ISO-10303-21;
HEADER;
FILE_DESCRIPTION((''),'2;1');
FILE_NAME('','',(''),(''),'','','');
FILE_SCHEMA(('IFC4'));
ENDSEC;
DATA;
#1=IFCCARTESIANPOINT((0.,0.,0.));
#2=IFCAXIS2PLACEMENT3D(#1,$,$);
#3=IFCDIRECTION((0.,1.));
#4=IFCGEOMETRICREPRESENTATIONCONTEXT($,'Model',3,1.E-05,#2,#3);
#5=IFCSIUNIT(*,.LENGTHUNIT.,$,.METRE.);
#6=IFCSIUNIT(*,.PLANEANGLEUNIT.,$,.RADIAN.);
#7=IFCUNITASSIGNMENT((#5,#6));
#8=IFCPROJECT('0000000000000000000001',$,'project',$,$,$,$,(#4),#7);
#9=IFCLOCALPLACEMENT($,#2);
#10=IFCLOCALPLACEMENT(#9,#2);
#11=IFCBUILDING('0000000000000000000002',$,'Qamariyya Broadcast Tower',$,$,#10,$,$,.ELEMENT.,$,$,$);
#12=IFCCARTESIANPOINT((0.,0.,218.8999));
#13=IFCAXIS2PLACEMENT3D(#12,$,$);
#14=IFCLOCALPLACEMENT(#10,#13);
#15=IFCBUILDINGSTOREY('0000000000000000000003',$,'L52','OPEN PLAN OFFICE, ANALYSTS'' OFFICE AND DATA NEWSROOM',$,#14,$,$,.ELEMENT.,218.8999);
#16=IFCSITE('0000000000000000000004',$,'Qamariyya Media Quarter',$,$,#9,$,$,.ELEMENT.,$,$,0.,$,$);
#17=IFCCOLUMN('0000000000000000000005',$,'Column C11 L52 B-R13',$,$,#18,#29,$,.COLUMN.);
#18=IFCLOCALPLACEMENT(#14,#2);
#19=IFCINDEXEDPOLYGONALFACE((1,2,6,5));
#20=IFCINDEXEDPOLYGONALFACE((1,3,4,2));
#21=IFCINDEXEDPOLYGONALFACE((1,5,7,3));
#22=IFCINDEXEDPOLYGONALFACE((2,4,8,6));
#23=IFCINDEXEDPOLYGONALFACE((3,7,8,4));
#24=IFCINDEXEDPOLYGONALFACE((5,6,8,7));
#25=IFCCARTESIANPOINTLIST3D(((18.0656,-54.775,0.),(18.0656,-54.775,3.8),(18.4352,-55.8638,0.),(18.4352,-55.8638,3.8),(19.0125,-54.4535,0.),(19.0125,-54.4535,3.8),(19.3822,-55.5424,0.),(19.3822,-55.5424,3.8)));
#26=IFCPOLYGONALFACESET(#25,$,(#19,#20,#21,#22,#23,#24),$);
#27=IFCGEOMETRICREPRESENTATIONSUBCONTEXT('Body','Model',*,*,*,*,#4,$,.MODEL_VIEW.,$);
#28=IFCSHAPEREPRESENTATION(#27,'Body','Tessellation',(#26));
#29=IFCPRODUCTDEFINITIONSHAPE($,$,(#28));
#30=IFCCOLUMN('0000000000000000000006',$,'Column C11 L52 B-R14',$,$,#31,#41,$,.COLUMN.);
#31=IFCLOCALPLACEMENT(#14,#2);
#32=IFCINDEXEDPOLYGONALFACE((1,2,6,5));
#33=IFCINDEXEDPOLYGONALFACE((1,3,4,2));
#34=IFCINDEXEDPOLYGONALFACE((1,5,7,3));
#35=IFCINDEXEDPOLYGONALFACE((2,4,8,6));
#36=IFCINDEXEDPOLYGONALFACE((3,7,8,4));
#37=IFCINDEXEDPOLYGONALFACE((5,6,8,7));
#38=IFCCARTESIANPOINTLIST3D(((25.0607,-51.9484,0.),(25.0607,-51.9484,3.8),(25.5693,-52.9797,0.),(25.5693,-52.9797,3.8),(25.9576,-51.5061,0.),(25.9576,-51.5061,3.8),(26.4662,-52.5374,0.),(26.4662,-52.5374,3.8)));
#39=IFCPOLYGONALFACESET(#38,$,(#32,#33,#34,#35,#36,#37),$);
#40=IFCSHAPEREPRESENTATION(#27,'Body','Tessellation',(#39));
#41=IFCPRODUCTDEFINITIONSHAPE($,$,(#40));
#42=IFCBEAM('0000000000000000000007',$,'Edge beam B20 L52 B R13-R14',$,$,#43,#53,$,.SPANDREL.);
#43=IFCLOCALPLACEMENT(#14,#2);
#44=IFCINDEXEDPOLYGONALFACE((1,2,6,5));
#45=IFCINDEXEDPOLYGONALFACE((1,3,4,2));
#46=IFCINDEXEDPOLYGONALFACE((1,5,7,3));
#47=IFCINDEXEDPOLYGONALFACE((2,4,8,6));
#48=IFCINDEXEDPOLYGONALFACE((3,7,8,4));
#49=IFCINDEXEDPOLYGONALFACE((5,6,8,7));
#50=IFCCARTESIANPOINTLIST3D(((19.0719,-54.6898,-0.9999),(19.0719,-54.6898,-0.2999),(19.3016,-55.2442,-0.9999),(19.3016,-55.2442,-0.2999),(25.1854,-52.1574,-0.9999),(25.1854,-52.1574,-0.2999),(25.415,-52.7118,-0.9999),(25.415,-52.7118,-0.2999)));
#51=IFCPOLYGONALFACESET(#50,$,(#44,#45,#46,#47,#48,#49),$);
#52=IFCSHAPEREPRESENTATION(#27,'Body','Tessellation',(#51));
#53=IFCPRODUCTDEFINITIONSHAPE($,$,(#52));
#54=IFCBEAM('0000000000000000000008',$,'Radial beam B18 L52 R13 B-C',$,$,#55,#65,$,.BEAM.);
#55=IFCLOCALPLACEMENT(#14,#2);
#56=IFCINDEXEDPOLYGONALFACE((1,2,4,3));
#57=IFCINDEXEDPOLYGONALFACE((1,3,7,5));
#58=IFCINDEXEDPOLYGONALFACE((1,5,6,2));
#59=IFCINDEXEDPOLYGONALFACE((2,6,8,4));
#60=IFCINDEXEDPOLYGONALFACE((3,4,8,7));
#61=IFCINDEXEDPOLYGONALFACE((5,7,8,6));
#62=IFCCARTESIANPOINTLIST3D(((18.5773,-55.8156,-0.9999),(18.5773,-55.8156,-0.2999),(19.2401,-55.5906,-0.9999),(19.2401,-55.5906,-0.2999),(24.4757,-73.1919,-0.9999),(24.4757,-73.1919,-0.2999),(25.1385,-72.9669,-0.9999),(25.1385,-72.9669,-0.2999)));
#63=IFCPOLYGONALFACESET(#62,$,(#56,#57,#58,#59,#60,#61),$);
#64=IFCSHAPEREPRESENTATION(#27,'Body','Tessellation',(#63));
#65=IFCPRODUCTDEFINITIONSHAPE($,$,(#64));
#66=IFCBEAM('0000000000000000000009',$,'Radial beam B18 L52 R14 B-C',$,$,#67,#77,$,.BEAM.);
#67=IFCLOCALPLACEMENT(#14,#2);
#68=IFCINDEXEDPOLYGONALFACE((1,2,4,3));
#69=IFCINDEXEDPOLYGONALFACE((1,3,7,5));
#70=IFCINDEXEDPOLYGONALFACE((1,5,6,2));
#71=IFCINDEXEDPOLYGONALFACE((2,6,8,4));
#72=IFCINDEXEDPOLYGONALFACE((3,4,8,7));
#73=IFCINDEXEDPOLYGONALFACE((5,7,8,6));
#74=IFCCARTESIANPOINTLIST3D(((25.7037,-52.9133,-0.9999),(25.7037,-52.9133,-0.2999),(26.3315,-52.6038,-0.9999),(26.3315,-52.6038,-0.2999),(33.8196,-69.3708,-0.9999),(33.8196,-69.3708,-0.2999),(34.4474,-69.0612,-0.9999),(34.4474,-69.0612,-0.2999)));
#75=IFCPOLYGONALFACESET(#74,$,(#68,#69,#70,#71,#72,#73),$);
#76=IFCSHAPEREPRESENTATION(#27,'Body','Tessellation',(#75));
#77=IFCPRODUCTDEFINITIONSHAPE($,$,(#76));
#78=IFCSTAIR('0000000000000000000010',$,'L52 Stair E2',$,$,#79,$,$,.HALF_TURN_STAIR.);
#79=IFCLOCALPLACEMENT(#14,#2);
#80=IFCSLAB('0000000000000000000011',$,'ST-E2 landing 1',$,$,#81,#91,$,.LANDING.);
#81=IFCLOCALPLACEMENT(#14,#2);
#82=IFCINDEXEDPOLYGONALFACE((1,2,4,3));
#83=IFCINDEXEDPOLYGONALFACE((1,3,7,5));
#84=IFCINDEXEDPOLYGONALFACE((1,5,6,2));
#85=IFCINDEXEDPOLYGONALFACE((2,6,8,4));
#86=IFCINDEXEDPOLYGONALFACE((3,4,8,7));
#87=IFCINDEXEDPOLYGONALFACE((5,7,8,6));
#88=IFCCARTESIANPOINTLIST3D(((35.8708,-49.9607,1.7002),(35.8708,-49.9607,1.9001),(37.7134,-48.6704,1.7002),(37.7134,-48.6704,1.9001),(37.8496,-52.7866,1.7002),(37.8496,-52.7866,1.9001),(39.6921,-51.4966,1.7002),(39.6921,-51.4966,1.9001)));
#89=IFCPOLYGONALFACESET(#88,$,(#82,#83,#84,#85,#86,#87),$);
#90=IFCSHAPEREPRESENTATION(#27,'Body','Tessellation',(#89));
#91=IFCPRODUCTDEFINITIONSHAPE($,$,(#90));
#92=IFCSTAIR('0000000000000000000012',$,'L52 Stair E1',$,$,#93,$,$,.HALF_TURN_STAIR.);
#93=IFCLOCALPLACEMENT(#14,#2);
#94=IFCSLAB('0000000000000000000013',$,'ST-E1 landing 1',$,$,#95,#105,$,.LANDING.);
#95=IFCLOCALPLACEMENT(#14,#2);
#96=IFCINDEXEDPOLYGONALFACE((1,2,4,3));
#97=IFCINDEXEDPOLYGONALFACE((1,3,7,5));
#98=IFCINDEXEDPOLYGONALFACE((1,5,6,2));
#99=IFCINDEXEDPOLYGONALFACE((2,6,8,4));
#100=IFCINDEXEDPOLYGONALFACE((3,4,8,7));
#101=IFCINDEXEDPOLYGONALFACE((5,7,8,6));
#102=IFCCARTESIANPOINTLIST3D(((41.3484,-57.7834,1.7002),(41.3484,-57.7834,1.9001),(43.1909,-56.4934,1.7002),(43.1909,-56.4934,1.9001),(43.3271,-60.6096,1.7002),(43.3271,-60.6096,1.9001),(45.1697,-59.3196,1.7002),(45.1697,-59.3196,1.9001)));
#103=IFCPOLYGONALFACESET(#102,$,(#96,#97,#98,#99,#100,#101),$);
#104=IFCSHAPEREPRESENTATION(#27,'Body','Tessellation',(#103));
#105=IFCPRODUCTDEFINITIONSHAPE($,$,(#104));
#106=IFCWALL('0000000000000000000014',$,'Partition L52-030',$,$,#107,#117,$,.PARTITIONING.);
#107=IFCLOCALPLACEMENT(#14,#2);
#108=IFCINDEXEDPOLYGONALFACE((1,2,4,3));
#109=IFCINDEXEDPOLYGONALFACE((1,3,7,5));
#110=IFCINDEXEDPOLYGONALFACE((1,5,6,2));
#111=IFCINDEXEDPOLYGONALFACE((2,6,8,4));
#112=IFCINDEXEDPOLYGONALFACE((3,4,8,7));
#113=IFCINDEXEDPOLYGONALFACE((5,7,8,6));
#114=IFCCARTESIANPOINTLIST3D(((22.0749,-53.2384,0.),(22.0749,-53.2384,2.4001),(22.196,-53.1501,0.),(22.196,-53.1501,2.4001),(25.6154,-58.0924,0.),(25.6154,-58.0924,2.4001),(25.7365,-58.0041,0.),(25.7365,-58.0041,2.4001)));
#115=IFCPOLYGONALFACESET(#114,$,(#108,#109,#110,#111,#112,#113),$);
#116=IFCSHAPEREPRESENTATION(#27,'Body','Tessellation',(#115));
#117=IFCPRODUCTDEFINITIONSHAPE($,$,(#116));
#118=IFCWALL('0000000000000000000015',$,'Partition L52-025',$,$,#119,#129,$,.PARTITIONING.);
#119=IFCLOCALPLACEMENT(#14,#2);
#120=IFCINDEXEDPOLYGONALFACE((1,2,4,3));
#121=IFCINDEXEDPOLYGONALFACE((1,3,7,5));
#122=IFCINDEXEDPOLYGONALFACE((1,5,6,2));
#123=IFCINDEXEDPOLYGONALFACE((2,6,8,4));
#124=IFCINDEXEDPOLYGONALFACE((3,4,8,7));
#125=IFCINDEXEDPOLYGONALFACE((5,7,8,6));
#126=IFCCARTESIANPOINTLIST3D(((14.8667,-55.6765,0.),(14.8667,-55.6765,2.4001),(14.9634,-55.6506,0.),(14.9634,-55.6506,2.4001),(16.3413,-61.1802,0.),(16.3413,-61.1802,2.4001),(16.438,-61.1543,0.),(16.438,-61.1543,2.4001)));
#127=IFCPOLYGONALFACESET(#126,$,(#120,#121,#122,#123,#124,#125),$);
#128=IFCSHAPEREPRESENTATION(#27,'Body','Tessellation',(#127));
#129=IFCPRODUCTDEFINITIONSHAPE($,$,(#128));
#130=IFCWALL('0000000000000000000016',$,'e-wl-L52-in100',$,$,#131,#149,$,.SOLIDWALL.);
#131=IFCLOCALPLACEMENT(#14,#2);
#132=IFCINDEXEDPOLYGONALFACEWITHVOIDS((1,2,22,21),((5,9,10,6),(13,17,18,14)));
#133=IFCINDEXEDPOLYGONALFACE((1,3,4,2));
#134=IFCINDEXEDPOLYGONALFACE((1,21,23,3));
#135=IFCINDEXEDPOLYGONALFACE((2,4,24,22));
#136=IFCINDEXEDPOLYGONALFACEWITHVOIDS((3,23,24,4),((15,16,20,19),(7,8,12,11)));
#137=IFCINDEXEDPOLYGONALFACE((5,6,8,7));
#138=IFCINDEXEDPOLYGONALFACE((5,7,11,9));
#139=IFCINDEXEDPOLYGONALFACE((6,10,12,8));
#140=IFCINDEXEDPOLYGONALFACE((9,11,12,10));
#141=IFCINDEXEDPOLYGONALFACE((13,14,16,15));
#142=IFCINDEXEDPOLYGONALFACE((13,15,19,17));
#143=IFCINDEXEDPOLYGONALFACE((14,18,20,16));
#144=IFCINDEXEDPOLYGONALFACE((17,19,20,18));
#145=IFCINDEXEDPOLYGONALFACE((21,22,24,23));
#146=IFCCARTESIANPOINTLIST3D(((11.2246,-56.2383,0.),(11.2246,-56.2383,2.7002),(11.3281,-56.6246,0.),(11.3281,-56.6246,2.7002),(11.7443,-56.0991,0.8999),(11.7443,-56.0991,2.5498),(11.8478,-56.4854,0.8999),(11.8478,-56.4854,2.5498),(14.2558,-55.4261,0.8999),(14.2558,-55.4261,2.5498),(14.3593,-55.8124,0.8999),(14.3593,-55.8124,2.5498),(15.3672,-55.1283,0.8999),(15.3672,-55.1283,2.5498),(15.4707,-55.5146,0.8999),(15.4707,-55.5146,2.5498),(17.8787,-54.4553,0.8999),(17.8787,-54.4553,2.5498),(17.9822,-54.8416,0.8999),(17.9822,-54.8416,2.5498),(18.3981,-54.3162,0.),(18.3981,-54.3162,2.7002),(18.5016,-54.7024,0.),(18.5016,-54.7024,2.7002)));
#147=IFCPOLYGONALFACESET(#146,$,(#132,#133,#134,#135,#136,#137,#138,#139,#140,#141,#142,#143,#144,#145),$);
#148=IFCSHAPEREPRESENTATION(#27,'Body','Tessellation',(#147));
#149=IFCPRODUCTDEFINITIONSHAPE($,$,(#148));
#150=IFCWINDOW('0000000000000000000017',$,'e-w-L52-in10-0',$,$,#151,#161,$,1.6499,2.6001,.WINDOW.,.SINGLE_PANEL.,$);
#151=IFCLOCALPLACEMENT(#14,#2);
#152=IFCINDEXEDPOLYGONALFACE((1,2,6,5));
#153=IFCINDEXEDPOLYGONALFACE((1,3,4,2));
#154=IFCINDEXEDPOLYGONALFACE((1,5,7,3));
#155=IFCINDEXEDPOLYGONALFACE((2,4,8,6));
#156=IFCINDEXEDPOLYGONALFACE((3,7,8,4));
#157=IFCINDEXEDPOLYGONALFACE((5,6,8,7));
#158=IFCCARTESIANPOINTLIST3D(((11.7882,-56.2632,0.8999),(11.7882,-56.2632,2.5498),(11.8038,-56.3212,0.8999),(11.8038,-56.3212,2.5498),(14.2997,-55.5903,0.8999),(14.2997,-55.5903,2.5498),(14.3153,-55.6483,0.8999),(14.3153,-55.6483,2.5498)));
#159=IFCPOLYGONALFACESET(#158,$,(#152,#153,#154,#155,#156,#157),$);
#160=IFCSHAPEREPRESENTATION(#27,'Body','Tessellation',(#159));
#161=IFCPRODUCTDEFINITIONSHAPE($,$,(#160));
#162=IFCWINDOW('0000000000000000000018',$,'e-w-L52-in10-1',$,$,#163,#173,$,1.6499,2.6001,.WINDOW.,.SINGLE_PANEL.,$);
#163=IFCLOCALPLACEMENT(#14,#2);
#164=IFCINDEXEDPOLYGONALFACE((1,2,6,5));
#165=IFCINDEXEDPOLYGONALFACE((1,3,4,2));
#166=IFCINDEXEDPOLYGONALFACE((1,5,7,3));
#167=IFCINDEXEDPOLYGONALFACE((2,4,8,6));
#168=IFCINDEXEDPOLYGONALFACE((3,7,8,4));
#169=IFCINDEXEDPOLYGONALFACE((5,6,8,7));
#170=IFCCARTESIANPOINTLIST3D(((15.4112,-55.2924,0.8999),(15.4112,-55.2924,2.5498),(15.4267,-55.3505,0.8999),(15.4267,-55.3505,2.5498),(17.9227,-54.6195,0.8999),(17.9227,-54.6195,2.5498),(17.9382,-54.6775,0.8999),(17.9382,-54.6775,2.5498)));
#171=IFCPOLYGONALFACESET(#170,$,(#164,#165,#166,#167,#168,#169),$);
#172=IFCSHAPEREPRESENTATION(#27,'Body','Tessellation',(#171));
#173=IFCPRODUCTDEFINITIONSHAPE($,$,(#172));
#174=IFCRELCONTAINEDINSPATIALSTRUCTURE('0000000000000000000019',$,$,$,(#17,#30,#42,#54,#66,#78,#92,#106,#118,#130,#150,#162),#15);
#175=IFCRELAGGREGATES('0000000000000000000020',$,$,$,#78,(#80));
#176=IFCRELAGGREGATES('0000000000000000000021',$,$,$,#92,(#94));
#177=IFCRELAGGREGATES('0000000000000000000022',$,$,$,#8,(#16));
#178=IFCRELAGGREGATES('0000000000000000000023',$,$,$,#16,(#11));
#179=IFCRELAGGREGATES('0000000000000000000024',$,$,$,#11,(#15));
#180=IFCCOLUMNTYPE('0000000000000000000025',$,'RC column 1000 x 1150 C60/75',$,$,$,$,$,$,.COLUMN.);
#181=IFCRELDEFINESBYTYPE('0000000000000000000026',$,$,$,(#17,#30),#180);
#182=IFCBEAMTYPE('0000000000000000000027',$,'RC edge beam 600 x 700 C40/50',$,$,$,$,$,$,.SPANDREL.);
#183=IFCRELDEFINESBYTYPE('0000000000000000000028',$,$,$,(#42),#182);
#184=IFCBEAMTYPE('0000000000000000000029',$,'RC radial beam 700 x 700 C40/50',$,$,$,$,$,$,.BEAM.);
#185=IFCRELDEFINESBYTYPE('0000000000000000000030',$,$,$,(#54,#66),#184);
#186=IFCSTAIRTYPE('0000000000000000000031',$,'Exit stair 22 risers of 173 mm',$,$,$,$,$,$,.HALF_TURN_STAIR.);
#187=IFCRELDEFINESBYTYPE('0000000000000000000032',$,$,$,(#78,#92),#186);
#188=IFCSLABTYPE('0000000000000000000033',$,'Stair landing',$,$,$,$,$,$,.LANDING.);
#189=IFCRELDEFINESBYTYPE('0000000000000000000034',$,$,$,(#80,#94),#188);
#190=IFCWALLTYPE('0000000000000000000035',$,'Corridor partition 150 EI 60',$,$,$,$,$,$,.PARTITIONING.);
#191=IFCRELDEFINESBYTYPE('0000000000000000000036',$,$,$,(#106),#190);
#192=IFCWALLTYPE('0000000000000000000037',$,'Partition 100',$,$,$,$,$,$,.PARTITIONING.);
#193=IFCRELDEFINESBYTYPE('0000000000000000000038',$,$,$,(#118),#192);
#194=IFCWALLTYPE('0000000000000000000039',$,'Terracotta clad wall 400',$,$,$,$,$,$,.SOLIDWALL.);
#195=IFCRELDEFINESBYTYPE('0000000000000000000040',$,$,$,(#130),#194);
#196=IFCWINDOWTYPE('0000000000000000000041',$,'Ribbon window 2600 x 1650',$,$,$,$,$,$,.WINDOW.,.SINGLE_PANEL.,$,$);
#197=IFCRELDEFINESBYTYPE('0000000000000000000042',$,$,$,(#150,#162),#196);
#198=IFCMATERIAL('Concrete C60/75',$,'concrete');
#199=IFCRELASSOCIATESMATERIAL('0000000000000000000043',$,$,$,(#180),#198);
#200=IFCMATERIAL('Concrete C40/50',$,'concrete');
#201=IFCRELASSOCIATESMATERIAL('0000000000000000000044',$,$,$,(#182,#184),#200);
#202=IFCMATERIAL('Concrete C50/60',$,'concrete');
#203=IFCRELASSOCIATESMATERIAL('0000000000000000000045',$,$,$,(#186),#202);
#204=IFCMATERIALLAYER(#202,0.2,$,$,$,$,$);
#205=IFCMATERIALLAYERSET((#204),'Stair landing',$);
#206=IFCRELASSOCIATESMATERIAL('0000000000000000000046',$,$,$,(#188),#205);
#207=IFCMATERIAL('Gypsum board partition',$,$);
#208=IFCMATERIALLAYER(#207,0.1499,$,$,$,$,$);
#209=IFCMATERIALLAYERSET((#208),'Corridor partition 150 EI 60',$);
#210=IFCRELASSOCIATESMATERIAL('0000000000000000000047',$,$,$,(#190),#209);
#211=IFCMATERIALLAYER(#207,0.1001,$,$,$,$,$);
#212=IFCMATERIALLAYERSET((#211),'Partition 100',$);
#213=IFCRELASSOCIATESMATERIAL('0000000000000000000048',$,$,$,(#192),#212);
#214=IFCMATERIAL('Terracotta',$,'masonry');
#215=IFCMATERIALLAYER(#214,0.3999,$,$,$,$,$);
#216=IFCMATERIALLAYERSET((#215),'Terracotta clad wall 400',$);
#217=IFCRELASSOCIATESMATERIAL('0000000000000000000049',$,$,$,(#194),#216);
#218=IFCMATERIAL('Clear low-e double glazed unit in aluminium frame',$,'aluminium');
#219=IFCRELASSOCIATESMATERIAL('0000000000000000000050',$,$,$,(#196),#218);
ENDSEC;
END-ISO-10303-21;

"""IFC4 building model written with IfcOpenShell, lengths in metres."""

from ifc_helpers import new_model, si_unit, direction, frame, frame_2d, origin, origin_2d, place, context, subcontext, project, spatial, polyline, rectangle, outline, extrude, material, layer, layer_set, material_profile, profile_set, type_object, element, fill, aggregate, save


model = new_model("IFC4")

# Units and contexts
model_context = context("Model", 3, precision=1e-05, world=origin(), true_north=direction((0.0, 1.0)))
body_context = subcontext(model_context, "Body", "Model", "MODEL_VIEW")
ifc_project = project(units=[si_unit("LENGTHUNIT", "METRE"), si_unit("PLANEANGLEUNIT", "RADIAN")], contexts=[model_context])

# Site, building, storey
site_placement = place(None, origin())
site = spatial("IfcSite", under=ifc_project, at=site_placement, Name="Qamariyya Media Quarter", CompositionType="ELEMENT", RefElevation=0.0)
building_placement = place(site_placement, origin())
building = spatial("IfcBuilding", under=site, at=building_placement, Name="Qamariyya Broadcast Tower", CompositionType="ELEMENT")
storey_placement = place(building_placement, frame((0.0, 0.0, 218.8999)))
storey = spatial("IfcBuildingStorey", under=building, at=storey_placement, Name="L52", Description="OPEN PLAN OFFICE, ANALYSTS' OFFICE AND DATA NEWSROOM", CompositionType="ELEMENT", Elevation=218.8999)

# Columns
ifc_material_1 = material(Name="Concrete C60/75", Category="concrete")
ifc_material_profile_1 = material_profile(ifc_material_1, rectangle(XDim=1.0, YDim=1.1499, at=origin_2d()))
ifc_profile_set_1 = profile_set([ifc_material_profile_1], Name="Concrete C60/75")
column_type = type_object("IfcColumnType", Name="RC column 1000 x 1150 C60/75", PredefinedType="COLUMN", material=ifc_profile_set_1)
for number, where, z_axis, x_axis, name in (
    (1, (18.7239, -55.1587, 0.0), (0.0, 0.0, 1.0), (0.94693, 0.321439, 0.0), "Column C11 L52 B-R13"),
    (2, (25.7634, -52.2429, 0.0), (0.0, 0.0, 1.0), (0.896873, 0.442289, 0.0), "Column C11 L52 B-R14"),
):
    element("IfcColumn", number, at=place(storey_placement, frame(where, z_axis=z_axis, x_axis=x_axis)), inside=storey, type_object=column_type, Name=name, PredefinedType="COLUMN", context=body_context, shape_type="SweptSolid", body=[
        extrude(rectangle(XDim=1.0, YDim=1.1499, at=origin_2d()), origin(), (0.0, 0.0, 1.0), 3.8),
    ])

# Beams
ifc_material_2 = material(Name="Concrete C40/50", Category="concrete")
ifc_material_profile_2 = material_profile(ifc_material_2, rectangle(XDim=0.6001, YDim=0.7, at=origin_2d()))
ifc_profile_set_2 = profile_set([ifc_material_profile_2], Name="Concrete C40/50")
beam_type_1 = type_object("IfcBeamType", Name="RC edge beam 600 x 700 C40/50", PredefinedType="SPANDREL", material=ifc_profile_set_2)
beam_1_placement = place(storey_placement, frame((19.1868, -54.967, -0.6499), z_axis=(0.923871, 0.382705, 0.0), x_axis=(-0.382705, 0.923871, 0.0)))
element("IfcBeam", 3, at=beam_1_placement, inside=storey, type_object=beam_type_1, Name="Edge beam B20 L52 B R13-R14", PredefinedType="SPANDREL", context=body_context, shape_type="SweptSolid", body=[
    extrude(rectangle(XDim=0.6001, YDim=0.7, at=origin_2d()), origin(), (0.0, 0.0, 1.0), 6.6172),
])
ifc_material_profile_3 = material_profile(ifc_material_2, rectangle(XDim=0.7, YDim=0.7, at=origin_2d()))
ifc_profile_set_3 = profile_set([ifc_material_profile_3], Name="Concrete C40/50")
beam_type_2 = type_object("IfcBeamType", Name="RC radial beam 700 x 700 C40/50", PredefinedType="BEAM", material=ifc_profile_set_3)
beam_2_placement = place(storey_placement, frame((18.9087, -55.7031, -0.6499), z_axis=(0.32144, -0.94693, 0.0), x_axis=(0.94693, 0.32144, 0.0)))
element("IfcBeam", 4, at=beam_2_placement, inside=storey, type_object=beam_type_2, Name="Radial beam B18 L52 R13 B-C", PredefinedType="BEAM", context=body_context, shape_type="SweptSolid", body=[
    extrude(rectangle(XDim=0.7, YDim=0.7, at=origin_2d()), origin(), (0.0, 0.0, 1.0), 18.3501),
])
beam_3_placement = place(storey_placement, frame((26.0176, -52.7585, -0.6499), z_axis=(0.442289, -0.896872, 0.0), x_axis=(0.896872, 0.442289, 0.0)))
element("IfcBeam", 5, at=beam_3_placement, inside=storey, type_object=beam_type_2, Name="Radial beam B18 L52 R14 B-C", PredefinedType="BEAM", context=body_context, shape_type="SweptSolid", body=[
    extrude(rectangle(XDim=0.7, YDim=0.7, at=origin_2d()), origin(), (0.0, 0.0, 1.0), 18.3499),
])

# Stairs, slabs
ifc_material_3 = material(Name="Concrete C50/60", Category="concrete")
stair_type = type_object("IfcStairType", Name="Exit stair 22 risers of 173 mm", PredefinedType="HALF_TURN_STAIR", material=ifc_material_3)
stair_1_placement = place(storey_placement, origin())
stair_1 = element("IfcStair", 6, at=stair_1_placement, inside=storey, type_object=stair_type, Name="L52 Stair E2", PredefinedType="HALF_TURN_STAIR")
ifc_layer_1 = layer(ifc_material_3, 0.2)
ifc_layer_set_1 = layer_set([ifc_layer_1], Name="Stair landing")
slab_type = type_object("IfcSlabType", Name="Stair landing", PredefinedType="LANDING", material=ifc_layer_set_1)
slab_1_placement = place(storey_placement, frame((0.0, 0.0, 1.7002)))
slab_1 = element("IfcSlab", 7, at=slab_1_placement, type_object=slab_type, Name="ST-E2 landing 1", PredefinedType="LANDING", context=body_context, shape_type="SweptSolid", body=[
    extrude(outline(polyline([(37.7134, -48.6704), (35.8708, -49.9607), (37.8496, -52.7866), (39.6921, -51.4966), (37.7134, -48.6704)])), origin(), (0.0, 0.0, 1.0), 0.2),
])
aggregate(stair_1, [slab_1])
stair_2_placement = place(storey_placement, origin())
stair_2 = element("IfcStair", 8, at=stair_2_placement, inside=storey, type_object=stair_type, Name="L52 Stair E1", PredefinedType="HALF_TURN_STAIR")
slab_2_placement = place(storey_placement, frame((0.0, 0.0, 1.7002)))
slab_2 = element("IfcSlab", 9, at=slab_2_placement, type_object=slab_type, Name="ST-E1 landing 1", PredefinedType="LANDING", context=body_context, shape_type="SweptSolid", body=[
    extrude(outline(polyline([(43.1909, -56.4934), (41.3484, -57.7834), (43.3271, -60.6096), (45.1697, -59.3196), (43.1909, -56.4934)])), origin(), (0.0, 0.0, 1.0), 0.2),
])
aggregate(stair_2, [slab_2])

# Walls
ifc_material_4 = material(Name="Gypsum board partition")
ifc_layer_2 = layer(ifc_material_4, 0.1499)
ifc_layer_set_2 = layer_set([ifc_layer_2], Name="Corridor partition 150 EI 60")
wall_type_1 = type_object("IfcWallType", Name="Corridor partition 150 EI 60", PredefinedType="PARTITIONING", material=ifc_layer_set_2)
wall_1_placement = place(storey_placement, frame((22.1355, -53.1943, 0.0), z_axis=(0.0, 0.0, 1.0), x_axis=(0.589297, -0.807916, 0.0)))
element("IfcWall", 10, at=wall_1_placement, inside=storey, type_object=wall_type_1, Name="Partition L52-030", PredefinedType="PARTITIONING", context=body_context, shape_type="SweptSolid", body=[
    extrude(rectangle(XDim=6.0081, YDim=0.1499, at=frame_2d((3.0039, 0.0))), origin(), (0.0, 0.0, 1.0), 2.4001),
])
ifc_layer_3 = layer(ifc_material_4, 0.1001)
ifc_layer_set_3 = layer_set([ifc_layer_3], Name="Partition 100")
wall_type_2 = type_object("IfcWallType", Name="Partition 100", PredefinedType="PARTITIONING", material=ifc_layer_set_3)
wall_2_placement = place(storey_placement, frame((14.915, -55.6636, 0.0), z_axis=(0.0, 0.0, 1.0), x_axis=(0.258804, -0.96593, 0.0)))
element("IfcWall", 11, at=wall_2_placement, inside=storey, type_object=wall_type_2, Name="Partition L52-025", PredefinedType="PARTITIONING", context=body_context, shape_type="SweptSolid", body=[
    extrude(rectangle(XDim=5.6978, YDim=0.1001, at=frame_2d((2.8489, 0.0))), origin(), (0.0, 0.0, 1.0), 2.4001),
])

# Wall, openings, windows
ifc_material_5 = material(Name="Terracotta", Category="masonry")
ifc_layer_4 = layer(ifc_material_5, 0.3999)
ifc_layer_set_4 = layer_set([ifc_layer_4], Name="Terracotta clad wall 400")
wall_type_3 = type_object("IfcWallType", Name="Terracotta clad wall 400", PredefinedType="SOLIDWALL", material=ifc_layer_set_4)
wall_3_placement = place(storey_placement, frame((18.45, -54.5093, 0.0), z_axis=(0.0, 0.0, 1.0), x_axis=(-0.965925, -0.258823, 0.0)))
wall_3 = element("IfcWall", 12, at=wall_3_placement, inside=storey, type_object=wall_type_3, Name="e-wl-L52-in100", PredefinedType="SOLIDWALL", context=body_context, shape_type="SweptSolid", body=[
    extrude(rectangle(XDim=7.4265, YDim=0.3999, at=frame_2d((3.7134, 0.0))), origin(), (0.0, 0.0, 1.0), 2.7002),
])
opening_1_placement = place(wall_3_placement, frame((4.2886, 0.0, 0.8999)))
opening_1 = element("IfcOpeningElement", 13, at=opening_1_placement, cuts=wall_3, PredefinedType="OPENING", context=body_context, shape_type="SweptSolid", body=[
    extrude(rectangle(XDim=2.6001, YDim=1.6499, at=frame_2d((1.3, 0.825))), frame((0.0, 0.21, 0.0), z_axis=(0.0, -1.0, 0.0), x_axis=(1.0, 0.0, 0.0)), (0.0, 0.0, 1.0), 0.4199),
])
opening_2_placement = place(wall_3_placement, frame((0.5378, 0.0, 0.8999)))
opening_2 = element("IfcOpeningElement", 14, at=opening_2_placement, cuts=wall_3, PredefinedType="OPENING", context=body_context, shape_type="SweptSolid", body=[
    extrude(rectangle(XDim=2.6001, YDim=1.6499, at=frame_2d((1.3, 0.825))), frame((0.0, 0.21, 0.0), z_axis=(0.0, -1.0, 0.0), x_axis=(1.0, 0.0, 0.0)), (0.0, 0.0, 1.0), 0.4199),
])
ifc_material_6 = material(Name="Clear low-e double glazed unit in aluminium frame", Category="aluminium")
window_type = type_object("IfcWindowType", Name="Ribbon window 2600 x 1650", PartitioningType="SINGLE_PANEL", PredefinedType="WINDOW", material=ifc_material_6)
window_1_placement = place(opening_1_placement, origin())
window_1 = element("IfcWindow", 15, at=window_1_placement, inside=storey, type_object=window_type, Name="e-w-L52-in10-0", OverallHeight=1.6499, OverallWidth=2.6001, PartitioningType="SINGLE_PANEL", PredefinedType="WINDOW", context=body_context, shape_type="SweptSolid", body=[
    extrude(rectangle(XDim=2.6001, YDim=1.6499, at=frame_2d((1.3, 0.825))), frame((0.0, 0.03, 0.0), z_axis=(0.0, -1.0, 0.0), x_axis=(1.0, 0.0, 0.0)), (0.0, 0.0, 1.0), 0.0601),
])
fill(opening_1, window_1)
window_2_placement = place(opening_2_placement, origin())
window_2 = element("IfcWindow", 16, at=window_2_placement, inside=storey, type_object=window_type, Name="e-w-L52-in10-1", OverallHeight=1.6499, OverallWidth=2.6001, PartitioningType="SINGLE_PANEL", PredefinedType="WINDOW", context=body_context, shape_type="SweptSolid", body=[
    extrude(rectangle(XDim=2.6001, YDim=1.6499, at=frame_2d((1.3, 0.825))), frame((0.0, 0.03, 0.0), z_axis=(0.0, -1.0, 0.0), x_axis=(1.0, 0.0, 0.0)), (0.0, 0.0, 1.0), 0.0601),
])
fill(opening_2, window_2)

save(model, "model.ifc")
